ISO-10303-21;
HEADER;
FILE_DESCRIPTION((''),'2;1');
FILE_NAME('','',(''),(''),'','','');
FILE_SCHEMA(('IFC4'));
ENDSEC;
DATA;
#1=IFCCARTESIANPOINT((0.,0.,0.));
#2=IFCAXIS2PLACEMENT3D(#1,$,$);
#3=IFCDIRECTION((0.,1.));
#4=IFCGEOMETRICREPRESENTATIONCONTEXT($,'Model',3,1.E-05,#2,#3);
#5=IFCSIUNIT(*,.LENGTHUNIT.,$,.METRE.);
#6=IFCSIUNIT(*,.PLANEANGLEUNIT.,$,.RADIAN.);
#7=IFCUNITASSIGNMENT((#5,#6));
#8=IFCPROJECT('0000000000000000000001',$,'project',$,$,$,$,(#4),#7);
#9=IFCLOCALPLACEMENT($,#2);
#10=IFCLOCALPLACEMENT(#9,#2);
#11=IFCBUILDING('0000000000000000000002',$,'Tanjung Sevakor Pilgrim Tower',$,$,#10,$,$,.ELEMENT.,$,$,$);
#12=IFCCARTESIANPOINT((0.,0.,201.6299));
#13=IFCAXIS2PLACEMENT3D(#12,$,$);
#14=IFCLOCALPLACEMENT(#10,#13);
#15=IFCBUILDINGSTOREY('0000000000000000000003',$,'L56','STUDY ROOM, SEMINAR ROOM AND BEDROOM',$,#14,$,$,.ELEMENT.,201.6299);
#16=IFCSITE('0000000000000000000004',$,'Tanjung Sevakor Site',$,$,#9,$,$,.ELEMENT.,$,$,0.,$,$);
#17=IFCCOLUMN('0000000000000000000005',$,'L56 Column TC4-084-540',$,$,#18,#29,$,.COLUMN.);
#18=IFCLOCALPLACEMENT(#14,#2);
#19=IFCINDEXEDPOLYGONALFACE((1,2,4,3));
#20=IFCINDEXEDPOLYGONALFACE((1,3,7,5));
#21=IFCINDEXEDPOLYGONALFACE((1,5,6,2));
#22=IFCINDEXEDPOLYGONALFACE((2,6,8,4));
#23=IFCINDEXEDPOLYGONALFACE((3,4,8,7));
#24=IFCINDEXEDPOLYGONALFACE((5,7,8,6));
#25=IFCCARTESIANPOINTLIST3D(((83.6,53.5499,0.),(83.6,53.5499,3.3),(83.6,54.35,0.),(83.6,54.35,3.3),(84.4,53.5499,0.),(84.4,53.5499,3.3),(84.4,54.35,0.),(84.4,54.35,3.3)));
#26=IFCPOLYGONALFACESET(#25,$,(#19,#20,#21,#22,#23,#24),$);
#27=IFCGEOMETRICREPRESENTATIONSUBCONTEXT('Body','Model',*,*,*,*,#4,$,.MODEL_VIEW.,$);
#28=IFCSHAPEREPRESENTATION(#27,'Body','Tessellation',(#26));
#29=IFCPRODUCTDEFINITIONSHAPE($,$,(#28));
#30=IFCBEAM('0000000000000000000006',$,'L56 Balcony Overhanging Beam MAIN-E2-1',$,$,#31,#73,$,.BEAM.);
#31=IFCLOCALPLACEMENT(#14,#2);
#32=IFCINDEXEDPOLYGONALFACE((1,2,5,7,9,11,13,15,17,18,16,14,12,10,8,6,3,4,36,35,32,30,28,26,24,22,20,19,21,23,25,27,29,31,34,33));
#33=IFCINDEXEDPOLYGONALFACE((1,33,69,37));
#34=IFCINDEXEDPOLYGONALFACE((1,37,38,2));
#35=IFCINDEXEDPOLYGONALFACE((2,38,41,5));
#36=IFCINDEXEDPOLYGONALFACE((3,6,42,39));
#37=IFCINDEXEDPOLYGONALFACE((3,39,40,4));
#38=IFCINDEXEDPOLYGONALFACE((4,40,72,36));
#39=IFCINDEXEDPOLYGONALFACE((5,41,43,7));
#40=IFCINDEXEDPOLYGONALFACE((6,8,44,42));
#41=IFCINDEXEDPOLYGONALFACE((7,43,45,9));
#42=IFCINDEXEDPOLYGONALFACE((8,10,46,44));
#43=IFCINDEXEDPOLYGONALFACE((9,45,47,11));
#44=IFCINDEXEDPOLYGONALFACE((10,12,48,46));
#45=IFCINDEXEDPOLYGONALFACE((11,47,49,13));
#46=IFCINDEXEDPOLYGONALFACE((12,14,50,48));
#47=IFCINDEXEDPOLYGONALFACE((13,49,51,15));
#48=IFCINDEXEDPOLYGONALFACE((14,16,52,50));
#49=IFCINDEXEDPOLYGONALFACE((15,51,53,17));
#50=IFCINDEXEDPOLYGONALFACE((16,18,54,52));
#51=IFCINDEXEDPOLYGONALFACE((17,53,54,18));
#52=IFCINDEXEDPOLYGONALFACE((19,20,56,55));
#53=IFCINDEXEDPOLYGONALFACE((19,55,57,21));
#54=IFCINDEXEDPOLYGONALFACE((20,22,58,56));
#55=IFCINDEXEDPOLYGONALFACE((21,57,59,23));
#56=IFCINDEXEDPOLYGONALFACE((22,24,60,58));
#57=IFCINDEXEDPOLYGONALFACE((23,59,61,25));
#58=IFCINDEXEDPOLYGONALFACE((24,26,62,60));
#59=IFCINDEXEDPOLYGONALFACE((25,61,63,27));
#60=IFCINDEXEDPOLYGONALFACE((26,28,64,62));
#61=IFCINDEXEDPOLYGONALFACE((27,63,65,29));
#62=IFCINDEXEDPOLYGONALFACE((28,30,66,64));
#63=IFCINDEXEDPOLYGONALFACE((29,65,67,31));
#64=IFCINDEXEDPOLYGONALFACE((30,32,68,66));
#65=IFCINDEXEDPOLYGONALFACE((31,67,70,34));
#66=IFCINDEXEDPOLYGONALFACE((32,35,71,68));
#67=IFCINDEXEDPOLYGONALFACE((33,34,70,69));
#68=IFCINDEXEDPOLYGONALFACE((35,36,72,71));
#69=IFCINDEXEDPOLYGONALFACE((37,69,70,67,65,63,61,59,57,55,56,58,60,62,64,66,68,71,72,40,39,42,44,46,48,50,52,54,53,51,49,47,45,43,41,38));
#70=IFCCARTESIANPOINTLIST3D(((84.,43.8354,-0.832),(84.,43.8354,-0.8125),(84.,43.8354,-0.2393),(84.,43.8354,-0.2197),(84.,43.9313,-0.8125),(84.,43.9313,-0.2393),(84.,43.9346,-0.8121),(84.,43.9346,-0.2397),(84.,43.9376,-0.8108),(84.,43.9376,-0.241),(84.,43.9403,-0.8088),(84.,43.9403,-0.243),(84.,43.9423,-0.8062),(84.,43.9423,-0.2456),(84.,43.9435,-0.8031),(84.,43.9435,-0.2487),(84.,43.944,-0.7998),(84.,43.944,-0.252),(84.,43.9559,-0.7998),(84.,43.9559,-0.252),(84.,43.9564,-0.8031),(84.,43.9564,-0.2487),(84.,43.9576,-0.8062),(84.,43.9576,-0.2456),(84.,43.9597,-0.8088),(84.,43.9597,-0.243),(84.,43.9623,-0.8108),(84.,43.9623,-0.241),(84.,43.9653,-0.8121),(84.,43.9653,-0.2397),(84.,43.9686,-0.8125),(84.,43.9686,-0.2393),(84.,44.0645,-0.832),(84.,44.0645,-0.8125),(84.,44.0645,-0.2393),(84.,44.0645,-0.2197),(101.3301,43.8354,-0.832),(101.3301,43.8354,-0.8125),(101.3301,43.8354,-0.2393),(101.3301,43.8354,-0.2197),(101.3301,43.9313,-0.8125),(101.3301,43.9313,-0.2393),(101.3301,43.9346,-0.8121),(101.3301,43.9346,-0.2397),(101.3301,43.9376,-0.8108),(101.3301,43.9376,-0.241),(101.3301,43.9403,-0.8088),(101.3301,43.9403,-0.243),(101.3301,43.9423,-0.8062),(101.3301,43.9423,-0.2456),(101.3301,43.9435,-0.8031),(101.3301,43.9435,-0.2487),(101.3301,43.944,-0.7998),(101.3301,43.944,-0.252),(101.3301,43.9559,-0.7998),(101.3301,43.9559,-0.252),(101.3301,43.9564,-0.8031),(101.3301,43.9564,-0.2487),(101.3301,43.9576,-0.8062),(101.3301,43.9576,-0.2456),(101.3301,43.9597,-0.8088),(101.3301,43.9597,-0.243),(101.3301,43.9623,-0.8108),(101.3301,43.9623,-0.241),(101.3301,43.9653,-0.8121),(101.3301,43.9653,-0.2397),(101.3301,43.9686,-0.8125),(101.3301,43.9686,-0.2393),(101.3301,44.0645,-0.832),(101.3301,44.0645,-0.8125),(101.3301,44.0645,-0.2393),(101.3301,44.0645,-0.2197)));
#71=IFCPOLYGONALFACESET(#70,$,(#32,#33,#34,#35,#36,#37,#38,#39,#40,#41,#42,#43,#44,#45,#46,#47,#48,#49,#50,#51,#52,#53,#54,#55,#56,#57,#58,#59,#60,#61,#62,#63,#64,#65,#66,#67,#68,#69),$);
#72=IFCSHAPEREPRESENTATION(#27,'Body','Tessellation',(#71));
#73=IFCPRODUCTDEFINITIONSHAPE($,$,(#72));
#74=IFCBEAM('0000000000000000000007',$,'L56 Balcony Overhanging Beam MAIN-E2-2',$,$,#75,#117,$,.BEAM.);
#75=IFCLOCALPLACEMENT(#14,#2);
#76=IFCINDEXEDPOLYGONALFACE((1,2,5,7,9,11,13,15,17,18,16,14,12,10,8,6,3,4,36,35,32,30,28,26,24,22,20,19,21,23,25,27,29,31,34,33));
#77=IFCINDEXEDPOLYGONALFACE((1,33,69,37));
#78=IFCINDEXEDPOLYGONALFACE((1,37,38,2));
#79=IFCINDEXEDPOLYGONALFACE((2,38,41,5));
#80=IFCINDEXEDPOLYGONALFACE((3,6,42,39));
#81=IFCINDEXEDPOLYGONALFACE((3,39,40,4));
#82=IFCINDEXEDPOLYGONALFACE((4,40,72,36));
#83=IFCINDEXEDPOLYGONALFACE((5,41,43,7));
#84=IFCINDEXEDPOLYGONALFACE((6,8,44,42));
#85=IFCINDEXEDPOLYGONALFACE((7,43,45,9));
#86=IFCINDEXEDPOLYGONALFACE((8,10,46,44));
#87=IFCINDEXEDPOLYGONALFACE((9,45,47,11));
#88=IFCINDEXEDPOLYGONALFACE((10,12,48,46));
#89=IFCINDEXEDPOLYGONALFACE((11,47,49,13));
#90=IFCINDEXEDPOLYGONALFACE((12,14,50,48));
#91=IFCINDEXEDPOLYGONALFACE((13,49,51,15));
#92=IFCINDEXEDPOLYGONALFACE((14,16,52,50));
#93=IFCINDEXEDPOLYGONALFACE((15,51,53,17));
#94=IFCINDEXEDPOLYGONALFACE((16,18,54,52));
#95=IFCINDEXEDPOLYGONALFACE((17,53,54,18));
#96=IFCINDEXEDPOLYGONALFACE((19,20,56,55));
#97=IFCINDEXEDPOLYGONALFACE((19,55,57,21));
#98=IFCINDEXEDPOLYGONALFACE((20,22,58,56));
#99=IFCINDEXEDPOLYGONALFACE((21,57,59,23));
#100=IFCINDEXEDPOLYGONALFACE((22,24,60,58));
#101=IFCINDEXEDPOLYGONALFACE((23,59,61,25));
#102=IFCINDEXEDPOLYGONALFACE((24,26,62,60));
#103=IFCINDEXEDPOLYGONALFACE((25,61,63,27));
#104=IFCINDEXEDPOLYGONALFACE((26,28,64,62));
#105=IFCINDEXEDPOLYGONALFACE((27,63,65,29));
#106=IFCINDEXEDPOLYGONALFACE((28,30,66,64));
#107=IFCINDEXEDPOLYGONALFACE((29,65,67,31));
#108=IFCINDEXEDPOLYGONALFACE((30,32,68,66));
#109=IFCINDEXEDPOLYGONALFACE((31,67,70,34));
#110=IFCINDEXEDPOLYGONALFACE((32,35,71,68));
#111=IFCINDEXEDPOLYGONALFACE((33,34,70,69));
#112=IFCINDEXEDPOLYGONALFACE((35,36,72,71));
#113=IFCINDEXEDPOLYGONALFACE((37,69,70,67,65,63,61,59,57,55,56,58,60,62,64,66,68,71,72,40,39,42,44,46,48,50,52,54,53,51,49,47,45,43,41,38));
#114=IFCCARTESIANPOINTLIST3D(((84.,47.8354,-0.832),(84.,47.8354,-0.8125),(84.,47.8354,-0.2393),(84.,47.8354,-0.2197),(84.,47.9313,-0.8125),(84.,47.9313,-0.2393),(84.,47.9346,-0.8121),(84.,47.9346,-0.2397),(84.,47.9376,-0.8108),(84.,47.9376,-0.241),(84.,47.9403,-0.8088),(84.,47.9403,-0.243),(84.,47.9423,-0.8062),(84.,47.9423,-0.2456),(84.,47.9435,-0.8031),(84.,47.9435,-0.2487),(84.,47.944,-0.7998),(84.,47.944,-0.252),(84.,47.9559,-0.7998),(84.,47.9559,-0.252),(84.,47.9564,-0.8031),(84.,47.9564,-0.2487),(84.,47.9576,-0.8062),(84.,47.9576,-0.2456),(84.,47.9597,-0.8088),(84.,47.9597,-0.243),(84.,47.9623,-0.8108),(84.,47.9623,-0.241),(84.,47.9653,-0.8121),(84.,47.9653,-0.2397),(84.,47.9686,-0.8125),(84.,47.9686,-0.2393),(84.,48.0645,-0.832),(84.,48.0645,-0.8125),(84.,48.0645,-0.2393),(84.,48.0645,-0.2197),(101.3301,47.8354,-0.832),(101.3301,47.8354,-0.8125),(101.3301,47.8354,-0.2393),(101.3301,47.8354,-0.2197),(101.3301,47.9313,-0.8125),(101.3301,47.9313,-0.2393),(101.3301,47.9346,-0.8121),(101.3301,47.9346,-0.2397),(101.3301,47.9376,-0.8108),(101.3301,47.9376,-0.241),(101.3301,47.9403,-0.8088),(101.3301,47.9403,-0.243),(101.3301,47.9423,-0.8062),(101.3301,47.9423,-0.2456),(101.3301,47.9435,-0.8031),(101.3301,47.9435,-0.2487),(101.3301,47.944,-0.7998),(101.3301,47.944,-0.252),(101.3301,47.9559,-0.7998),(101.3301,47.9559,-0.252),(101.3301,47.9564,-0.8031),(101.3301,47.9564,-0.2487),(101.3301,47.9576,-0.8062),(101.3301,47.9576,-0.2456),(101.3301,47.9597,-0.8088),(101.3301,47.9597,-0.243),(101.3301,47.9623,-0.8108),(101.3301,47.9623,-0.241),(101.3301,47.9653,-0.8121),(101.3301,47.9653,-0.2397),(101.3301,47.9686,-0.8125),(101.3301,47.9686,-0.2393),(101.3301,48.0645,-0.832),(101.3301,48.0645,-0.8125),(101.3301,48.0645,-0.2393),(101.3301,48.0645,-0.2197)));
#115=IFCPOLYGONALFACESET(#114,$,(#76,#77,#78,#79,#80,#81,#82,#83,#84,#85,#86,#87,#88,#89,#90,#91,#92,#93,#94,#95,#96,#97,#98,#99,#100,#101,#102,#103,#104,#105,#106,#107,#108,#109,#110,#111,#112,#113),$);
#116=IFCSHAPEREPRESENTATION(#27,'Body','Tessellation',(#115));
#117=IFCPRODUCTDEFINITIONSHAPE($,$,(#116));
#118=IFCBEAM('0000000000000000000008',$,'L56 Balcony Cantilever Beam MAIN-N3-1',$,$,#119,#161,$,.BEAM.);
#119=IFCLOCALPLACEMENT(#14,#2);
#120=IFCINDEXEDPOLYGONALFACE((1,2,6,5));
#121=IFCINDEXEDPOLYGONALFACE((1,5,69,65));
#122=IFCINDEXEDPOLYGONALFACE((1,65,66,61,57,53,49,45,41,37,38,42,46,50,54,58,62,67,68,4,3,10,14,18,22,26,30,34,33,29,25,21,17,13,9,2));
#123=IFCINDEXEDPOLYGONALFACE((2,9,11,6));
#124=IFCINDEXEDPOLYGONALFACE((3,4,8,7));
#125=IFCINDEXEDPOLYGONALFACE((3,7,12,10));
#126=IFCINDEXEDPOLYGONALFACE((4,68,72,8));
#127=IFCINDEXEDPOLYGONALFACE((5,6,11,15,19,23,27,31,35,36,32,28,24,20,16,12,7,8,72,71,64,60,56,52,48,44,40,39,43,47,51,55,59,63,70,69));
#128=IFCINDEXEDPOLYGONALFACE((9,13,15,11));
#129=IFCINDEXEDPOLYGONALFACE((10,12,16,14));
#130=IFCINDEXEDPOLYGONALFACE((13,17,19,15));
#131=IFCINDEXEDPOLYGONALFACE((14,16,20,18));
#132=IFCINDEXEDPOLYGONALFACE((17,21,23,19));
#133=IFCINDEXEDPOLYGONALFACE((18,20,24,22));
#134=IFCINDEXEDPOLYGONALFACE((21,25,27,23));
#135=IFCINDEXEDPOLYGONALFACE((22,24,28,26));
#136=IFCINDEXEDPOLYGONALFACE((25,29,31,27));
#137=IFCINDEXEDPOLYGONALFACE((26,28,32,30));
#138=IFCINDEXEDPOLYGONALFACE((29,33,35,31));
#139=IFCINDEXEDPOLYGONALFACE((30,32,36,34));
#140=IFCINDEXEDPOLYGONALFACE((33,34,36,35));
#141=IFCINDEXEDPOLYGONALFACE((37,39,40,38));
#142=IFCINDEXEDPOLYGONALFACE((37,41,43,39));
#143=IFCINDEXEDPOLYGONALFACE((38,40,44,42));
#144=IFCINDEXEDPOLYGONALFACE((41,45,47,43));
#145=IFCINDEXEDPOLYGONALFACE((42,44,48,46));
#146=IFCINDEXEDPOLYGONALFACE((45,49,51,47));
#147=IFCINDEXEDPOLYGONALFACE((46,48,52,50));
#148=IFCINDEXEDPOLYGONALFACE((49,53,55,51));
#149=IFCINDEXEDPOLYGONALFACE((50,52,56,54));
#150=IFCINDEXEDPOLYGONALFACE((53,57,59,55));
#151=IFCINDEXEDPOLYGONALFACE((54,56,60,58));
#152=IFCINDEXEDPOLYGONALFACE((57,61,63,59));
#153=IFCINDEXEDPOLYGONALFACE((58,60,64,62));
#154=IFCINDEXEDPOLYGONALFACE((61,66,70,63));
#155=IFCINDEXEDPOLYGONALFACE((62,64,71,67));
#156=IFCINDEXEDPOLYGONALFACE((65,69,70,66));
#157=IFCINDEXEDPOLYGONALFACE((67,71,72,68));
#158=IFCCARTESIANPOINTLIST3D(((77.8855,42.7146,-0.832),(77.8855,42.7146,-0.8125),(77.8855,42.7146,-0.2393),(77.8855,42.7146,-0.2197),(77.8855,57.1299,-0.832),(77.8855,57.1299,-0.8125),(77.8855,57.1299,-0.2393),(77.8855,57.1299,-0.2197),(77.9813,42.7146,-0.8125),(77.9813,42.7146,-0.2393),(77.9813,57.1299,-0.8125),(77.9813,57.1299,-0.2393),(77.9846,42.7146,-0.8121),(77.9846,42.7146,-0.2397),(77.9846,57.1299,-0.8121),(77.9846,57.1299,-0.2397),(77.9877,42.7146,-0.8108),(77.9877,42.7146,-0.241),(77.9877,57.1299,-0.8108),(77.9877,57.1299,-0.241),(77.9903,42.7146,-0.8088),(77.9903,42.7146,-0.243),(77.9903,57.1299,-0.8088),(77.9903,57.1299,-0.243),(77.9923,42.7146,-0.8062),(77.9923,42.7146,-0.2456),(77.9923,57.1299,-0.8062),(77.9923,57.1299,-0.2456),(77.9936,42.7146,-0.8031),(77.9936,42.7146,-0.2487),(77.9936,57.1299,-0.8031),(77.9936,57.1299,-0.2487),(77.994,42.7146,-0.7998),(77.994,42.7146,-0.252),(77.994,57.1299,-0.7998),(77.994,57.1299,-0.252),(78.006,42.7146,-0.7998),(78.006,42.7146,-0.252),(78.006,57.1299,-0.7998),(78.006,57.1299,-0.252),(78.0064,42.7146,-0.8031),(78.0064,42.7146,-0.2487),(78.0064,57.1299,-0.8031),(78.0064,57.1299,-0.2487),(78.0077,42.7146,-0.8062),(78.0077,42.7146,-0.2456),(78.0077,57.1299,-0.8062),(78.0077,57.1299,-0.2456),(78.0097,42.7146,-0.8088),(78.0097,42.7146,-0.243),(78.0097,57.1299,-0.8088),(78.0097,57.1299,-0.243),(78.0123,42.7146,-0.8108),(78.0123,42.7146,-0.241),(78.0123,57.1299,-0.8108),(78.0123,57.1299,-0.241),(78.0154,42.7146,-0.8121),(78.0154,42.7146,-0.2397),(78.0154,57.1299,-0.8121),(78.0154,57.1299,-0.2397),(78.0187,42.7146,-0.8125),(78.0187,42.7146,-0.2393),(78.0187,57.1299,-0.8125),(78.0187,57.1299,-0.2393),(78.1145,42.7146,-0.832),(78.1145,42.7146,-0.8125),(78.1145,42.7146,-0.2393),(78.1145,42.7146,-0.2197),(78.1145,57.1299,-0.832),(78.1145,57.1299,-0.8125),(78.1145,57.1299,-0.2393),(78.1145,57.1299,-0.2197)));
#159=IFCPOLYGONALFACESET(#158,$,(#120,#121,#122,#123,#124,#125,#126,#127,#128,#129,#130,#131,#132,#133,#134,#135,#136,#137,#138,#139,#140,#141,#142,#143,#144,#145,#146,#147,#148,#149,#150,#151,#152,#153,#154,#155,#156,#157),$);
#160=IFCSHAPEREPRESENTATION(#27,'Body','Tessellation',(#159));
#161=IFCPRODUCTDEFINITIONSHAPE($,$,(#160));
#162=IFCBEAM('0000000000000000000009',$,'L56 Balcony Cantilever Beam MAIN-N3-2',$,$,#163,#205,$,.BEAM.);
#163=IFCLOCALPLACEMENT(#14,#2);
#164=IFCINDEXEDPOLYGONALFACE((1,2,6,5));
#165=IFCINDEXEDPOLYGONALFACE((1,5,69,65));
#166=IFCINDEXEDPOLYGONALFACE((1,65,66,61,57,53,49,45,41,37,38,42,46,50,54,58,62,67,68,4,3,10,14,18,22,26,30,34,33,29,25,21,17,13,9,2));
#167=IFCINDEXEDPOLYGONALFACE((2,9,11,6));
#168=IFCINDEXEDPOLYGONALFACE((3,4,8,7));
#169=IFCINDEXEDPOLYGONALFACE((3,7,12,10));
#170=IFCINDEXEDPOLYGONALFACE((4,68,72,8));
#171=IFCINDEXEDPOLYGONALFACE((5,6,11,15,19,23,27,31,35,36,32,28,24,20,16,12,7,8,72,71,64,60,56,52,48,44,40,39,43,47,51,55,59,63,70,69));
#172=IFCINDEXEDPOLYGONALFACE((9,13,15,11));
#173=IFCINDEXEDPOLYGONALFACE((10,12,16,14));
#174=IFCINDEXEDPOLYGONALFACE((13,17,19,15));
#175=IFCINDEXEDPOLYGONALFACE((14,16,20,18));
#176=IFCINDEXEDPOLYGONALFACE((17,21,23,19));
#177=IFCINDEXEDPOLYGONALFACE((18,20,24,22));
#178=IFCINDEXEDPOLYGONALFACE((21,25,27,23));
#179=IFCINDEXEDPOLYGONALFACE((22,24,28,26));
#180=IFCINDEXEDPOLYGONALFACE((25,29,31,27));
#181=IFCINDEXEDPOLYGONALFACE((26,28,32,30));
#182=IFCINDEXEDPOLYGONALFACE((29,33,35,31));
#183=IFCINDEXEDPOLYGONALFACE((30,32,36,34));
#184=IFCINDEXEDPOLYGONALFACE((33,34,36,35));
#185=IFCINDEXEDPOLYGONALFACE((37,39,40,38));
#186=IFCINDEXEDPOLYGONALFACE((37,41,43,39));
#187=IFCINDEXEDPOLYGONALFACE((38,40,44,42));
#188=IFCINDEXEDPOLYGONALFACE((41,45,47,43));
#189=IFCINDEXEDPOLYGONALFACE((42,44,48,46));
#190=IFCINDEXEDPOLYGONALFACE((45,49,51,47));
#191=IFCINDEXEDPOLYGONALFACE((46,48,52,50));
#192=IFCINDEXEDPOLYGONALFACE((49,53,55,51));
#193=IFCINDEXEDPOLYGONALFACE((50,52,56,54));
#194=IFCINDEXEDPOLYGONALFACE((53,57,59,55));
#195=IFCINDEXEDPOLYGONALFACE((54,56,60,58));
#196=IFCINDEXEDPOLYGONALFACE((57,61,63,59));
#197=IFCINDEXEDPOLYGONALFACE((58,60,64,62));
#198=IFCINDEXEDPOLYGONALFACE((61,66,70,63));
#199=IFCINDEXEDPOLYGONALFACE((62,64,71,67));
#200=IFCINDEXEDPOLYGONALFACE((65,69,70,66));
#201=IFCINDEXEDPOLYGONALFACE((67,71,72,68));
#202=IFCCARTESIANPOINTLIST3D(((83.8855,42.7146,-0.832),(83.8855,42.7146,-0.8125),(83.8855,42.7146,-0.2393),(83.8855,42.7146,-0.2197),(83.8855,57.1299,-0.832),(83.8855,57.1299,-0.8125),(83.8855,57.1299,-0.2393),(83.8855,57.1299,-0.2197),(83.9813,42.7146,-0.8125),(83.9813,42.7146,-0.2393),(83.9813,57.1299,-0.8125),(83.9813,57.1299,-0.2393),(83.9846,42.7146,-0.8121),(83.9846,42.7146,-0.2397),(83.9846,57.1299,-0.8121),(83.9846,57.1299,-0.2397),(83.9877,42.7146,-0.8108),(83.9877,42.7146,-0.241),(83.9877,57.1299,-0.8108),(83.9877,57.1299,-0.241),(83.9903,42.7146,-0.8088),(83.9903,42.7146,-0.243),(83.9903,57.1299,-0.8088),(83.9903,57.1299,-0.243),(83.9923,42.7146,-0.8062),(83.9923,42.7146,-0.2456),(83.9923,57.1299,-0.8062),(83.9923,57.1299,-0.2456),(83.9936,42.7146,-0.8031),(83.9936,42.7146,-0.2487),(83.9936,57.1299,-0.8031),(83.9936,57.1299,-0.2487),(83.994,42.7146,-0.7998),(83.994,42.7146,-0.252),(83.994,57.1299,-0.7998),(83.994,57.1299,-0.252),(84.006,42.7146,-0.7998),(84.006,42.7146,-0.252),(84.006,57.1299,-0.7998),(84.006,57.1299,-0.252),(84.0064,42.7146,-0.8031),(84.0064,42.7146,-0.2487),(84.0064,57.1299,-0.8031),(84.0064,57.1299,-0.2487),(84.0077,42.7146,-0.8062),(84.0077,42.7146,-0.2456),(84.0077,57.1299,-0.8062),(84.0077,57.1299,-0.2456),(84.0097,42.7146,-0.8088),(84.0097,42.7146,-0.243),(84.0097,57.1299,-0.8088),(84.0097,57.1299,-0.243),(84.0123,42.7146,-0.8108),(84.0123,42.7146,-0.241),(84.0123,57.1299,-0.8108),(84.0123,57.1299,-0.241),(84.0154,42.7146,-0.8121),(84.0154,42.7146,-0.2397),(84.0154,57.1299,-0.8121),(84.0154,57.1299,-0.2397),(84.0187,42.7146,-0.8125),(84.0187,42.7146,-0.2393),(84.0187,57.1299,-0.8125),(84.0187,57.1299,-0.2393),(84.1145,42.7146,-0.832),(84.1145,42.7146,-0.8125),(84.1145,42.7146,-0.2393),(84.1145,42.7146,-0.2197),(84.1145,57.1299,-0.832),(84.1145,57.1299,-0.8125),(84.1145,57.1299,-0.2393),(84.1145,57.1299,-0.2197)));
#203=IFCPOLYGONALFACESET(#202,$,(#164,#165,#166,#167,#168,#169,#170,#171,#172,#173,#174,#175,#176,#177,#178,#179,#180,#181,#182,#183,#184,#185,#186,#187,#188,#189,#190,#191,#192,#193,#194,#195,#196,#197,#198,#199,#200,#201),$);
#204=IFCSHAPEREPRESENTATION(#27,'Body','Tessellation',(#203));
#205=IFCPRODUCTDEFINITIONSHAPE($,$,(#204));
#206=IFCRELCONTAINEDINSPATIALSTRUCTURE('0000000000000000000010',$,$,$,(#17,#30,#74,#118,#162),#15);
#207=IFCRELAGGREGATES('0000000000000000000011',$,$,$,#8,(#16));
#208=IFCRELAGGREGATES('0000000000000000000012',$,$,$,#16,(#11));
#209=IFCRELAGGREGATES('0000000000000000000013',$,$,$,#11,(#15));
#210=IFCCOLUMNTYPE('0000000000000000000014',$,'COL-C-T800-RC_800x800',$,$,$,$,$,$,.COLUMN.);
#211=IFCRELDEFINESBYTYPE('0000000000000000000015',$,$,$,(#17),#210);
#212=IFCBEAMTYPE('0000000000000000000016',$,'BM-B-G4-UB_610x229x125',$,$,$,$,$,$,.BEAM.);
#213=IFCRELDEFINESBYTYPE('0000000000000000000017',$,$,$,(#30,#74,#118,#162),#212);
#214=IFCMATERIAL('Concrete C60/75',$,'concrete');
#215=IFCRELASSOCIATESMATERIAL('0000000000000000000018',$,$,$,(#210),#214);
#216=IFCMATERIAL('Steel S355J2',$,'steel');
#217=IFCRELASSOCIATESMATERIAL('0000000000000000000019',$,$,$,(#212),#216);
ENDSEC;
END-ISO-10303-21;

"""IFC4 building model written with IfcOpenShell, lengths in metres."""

from ifc_helpers import new_model, si_unit, direction, frame, origin, origin_2d, place, context, subcontext, project, spatial, rectangle, i_section, extrude, material, material_profile, profile_set, type_object, element, save


model = new_model("IFC4")

# Units and contexts
model_context = context("Model", 3, precision=1e-05, world=origin(), true_north=direction((0.0, 1.0)))
body_context = subcontext(model_context, "Body", "Model", "MODEL_VIEW")
ifc_project = project(units=[si_unit("LENGTHUNIT", "METRE"), si_unit("PLANEANGLEUNIT", "RADIAN")], contexts=[model_context])

# Site, building, storey
site_placement = place(None, origin())
site = spatial("IfcSite", under=ifc_project, at=site_placement, Name="Tanjung Sevakor Site", CompositionType="ELEMENT", RefElevation=0.0)
building_placement = place(site_placement, origin())
building = spatial("IfcBuilding", under=site, at=building_placement, Name="Tanjung Sevakor Pilgrim Tower", CompositionType="ELEMENT")
storey_placement = place(building_placement, frame((0.0, 0.0, 201.6299)))
storey = spatial("IfcBuildingStorey", under=building, at=storey_placement, Name="L56", Description="STUDY ROOM, SEMINAR ROOM AND BEDROOM", CompositionType="ELEMENT", Elevation=201.6299)

# Column
ifc_material_1 = material(Name="Concrete C60/75", Category="concrete")
ifc_material_profile_1 = material_profile(ifc_material_1, rectangle(XDim=0.8, YDim=0.8, at=origin_2d()))
ifc_profile_set_1 = profile_set([ifc_material_profile_1], Name="Concrete C60/75")
column_type = type_object("IfcColumnType", Name="COL-C-T800-RC_800x800", PredefinedType="COLUMN", material=ifc_profile_set_1)
column_placement = place(storey_placement, frame((84.0, 53.95, 0.0), z_axis=(0.0, 0.0, 1.0), x_axis=(1.0, 0.0, 0.0)))
element("IfcColumn", 1, at=column_placement, inside=storey, type_object=column_type, Name="L56 Column TC4-084-540", PredefinedType="COLUMN", context=body_context, shape_type="SweptSolid", body=[
    extrude(rectangle(XDim=0.8, YDim=0.8, at=origin_2d()), origin(), (0.0, 0.0, 1.0), 3.3),
])

# Beams
ifc_material_2 = material(Name="Steel S355J2", Category="steel")
ifc_material_profile_2 = material_profile(ifc_material_2, i_section(OverallWidth=0.229, OverallDepth=0.6123, WebThickness=0.012, FlangeThickness=0.0195, FilletRadius=0.0127, at=origin_2d()))
ifc_profile_set_2 = profile_set([ifc_material_profile_2], Name="Steel S355J2")
beam_type_1 = type_object("IfcBeamType", Name="BM-B-G4-UB_610x229x125", PredefinedType="BEAM", material=ifc_profile_set_2)
for number, where, z_axis, x_axis, name in (
    (2, (84.0, 43.95, -0.5259), (1.0, 0.0, 0.0), (0.0, 1.0, 0.0), "L56 Balcony Overhanging Beam MAIN-E2-1"),
    (3, (84.0, 47.95, -0.5259), (1.0, 0.0, 0.0), (0.0, 1.0, 0.0), "L56 Balcony Overhanging Beam MAIN-E2-2"),
):
    element("IfcBeam", number, at=place(storey_placement, frame(where, z_axis=z_axis, x_axis=x_axis)), inside=storey, type_object=beam_type_1, Name=name, PredefinedType="BEAM", context=body_context, shape_type="SweptSolid", body=[
        extrude(i_section(OverallWidth=0.229, OverallDepth=0.6123, WebThickness=0.012, FlangeThickness=0.0195, FilletRadius=0.0127, at=origin_2d()), origin(), (0.0, 0.0, 1.0), 17.3301),
    ])
for number, where, z_axis, x_axis, name in (
    (4, (78.0, 42.7146, -0.5259), (0.0, 1.0, 0.0), (-1.0, 0.0, 0.0), "L56 Balcony Cantilever Beam MAIN-N3-1"),
    (5, (84.0, 42.7146, -0.5259), (0.0, 1.0, 0.0), (-1.0, 0.0, 0.0), "L56 Balcony Cantilever Beam MAIN-N3-2"),
):
    element("IfcBeam", number, at=place(storey_placement, frame(where, z_axis=z_axis, x_axis=x_axis)), inside=storey, type_object=beam_type_1, Name=name, PredefinedType="BEAM", context=body_context, shape_type="SweptSolid", body=[
        extrude(i_section(OverallWidth=0.229, OverallDepth=0.6123, WebThickness=0.012, FlangeThickness=0.0195, FilletRadius=0.0127, at=origin_2d()), origin(), (0.0, 0.0, 1.0), 14.4153),
    ])

save(model, "model.ifc")
